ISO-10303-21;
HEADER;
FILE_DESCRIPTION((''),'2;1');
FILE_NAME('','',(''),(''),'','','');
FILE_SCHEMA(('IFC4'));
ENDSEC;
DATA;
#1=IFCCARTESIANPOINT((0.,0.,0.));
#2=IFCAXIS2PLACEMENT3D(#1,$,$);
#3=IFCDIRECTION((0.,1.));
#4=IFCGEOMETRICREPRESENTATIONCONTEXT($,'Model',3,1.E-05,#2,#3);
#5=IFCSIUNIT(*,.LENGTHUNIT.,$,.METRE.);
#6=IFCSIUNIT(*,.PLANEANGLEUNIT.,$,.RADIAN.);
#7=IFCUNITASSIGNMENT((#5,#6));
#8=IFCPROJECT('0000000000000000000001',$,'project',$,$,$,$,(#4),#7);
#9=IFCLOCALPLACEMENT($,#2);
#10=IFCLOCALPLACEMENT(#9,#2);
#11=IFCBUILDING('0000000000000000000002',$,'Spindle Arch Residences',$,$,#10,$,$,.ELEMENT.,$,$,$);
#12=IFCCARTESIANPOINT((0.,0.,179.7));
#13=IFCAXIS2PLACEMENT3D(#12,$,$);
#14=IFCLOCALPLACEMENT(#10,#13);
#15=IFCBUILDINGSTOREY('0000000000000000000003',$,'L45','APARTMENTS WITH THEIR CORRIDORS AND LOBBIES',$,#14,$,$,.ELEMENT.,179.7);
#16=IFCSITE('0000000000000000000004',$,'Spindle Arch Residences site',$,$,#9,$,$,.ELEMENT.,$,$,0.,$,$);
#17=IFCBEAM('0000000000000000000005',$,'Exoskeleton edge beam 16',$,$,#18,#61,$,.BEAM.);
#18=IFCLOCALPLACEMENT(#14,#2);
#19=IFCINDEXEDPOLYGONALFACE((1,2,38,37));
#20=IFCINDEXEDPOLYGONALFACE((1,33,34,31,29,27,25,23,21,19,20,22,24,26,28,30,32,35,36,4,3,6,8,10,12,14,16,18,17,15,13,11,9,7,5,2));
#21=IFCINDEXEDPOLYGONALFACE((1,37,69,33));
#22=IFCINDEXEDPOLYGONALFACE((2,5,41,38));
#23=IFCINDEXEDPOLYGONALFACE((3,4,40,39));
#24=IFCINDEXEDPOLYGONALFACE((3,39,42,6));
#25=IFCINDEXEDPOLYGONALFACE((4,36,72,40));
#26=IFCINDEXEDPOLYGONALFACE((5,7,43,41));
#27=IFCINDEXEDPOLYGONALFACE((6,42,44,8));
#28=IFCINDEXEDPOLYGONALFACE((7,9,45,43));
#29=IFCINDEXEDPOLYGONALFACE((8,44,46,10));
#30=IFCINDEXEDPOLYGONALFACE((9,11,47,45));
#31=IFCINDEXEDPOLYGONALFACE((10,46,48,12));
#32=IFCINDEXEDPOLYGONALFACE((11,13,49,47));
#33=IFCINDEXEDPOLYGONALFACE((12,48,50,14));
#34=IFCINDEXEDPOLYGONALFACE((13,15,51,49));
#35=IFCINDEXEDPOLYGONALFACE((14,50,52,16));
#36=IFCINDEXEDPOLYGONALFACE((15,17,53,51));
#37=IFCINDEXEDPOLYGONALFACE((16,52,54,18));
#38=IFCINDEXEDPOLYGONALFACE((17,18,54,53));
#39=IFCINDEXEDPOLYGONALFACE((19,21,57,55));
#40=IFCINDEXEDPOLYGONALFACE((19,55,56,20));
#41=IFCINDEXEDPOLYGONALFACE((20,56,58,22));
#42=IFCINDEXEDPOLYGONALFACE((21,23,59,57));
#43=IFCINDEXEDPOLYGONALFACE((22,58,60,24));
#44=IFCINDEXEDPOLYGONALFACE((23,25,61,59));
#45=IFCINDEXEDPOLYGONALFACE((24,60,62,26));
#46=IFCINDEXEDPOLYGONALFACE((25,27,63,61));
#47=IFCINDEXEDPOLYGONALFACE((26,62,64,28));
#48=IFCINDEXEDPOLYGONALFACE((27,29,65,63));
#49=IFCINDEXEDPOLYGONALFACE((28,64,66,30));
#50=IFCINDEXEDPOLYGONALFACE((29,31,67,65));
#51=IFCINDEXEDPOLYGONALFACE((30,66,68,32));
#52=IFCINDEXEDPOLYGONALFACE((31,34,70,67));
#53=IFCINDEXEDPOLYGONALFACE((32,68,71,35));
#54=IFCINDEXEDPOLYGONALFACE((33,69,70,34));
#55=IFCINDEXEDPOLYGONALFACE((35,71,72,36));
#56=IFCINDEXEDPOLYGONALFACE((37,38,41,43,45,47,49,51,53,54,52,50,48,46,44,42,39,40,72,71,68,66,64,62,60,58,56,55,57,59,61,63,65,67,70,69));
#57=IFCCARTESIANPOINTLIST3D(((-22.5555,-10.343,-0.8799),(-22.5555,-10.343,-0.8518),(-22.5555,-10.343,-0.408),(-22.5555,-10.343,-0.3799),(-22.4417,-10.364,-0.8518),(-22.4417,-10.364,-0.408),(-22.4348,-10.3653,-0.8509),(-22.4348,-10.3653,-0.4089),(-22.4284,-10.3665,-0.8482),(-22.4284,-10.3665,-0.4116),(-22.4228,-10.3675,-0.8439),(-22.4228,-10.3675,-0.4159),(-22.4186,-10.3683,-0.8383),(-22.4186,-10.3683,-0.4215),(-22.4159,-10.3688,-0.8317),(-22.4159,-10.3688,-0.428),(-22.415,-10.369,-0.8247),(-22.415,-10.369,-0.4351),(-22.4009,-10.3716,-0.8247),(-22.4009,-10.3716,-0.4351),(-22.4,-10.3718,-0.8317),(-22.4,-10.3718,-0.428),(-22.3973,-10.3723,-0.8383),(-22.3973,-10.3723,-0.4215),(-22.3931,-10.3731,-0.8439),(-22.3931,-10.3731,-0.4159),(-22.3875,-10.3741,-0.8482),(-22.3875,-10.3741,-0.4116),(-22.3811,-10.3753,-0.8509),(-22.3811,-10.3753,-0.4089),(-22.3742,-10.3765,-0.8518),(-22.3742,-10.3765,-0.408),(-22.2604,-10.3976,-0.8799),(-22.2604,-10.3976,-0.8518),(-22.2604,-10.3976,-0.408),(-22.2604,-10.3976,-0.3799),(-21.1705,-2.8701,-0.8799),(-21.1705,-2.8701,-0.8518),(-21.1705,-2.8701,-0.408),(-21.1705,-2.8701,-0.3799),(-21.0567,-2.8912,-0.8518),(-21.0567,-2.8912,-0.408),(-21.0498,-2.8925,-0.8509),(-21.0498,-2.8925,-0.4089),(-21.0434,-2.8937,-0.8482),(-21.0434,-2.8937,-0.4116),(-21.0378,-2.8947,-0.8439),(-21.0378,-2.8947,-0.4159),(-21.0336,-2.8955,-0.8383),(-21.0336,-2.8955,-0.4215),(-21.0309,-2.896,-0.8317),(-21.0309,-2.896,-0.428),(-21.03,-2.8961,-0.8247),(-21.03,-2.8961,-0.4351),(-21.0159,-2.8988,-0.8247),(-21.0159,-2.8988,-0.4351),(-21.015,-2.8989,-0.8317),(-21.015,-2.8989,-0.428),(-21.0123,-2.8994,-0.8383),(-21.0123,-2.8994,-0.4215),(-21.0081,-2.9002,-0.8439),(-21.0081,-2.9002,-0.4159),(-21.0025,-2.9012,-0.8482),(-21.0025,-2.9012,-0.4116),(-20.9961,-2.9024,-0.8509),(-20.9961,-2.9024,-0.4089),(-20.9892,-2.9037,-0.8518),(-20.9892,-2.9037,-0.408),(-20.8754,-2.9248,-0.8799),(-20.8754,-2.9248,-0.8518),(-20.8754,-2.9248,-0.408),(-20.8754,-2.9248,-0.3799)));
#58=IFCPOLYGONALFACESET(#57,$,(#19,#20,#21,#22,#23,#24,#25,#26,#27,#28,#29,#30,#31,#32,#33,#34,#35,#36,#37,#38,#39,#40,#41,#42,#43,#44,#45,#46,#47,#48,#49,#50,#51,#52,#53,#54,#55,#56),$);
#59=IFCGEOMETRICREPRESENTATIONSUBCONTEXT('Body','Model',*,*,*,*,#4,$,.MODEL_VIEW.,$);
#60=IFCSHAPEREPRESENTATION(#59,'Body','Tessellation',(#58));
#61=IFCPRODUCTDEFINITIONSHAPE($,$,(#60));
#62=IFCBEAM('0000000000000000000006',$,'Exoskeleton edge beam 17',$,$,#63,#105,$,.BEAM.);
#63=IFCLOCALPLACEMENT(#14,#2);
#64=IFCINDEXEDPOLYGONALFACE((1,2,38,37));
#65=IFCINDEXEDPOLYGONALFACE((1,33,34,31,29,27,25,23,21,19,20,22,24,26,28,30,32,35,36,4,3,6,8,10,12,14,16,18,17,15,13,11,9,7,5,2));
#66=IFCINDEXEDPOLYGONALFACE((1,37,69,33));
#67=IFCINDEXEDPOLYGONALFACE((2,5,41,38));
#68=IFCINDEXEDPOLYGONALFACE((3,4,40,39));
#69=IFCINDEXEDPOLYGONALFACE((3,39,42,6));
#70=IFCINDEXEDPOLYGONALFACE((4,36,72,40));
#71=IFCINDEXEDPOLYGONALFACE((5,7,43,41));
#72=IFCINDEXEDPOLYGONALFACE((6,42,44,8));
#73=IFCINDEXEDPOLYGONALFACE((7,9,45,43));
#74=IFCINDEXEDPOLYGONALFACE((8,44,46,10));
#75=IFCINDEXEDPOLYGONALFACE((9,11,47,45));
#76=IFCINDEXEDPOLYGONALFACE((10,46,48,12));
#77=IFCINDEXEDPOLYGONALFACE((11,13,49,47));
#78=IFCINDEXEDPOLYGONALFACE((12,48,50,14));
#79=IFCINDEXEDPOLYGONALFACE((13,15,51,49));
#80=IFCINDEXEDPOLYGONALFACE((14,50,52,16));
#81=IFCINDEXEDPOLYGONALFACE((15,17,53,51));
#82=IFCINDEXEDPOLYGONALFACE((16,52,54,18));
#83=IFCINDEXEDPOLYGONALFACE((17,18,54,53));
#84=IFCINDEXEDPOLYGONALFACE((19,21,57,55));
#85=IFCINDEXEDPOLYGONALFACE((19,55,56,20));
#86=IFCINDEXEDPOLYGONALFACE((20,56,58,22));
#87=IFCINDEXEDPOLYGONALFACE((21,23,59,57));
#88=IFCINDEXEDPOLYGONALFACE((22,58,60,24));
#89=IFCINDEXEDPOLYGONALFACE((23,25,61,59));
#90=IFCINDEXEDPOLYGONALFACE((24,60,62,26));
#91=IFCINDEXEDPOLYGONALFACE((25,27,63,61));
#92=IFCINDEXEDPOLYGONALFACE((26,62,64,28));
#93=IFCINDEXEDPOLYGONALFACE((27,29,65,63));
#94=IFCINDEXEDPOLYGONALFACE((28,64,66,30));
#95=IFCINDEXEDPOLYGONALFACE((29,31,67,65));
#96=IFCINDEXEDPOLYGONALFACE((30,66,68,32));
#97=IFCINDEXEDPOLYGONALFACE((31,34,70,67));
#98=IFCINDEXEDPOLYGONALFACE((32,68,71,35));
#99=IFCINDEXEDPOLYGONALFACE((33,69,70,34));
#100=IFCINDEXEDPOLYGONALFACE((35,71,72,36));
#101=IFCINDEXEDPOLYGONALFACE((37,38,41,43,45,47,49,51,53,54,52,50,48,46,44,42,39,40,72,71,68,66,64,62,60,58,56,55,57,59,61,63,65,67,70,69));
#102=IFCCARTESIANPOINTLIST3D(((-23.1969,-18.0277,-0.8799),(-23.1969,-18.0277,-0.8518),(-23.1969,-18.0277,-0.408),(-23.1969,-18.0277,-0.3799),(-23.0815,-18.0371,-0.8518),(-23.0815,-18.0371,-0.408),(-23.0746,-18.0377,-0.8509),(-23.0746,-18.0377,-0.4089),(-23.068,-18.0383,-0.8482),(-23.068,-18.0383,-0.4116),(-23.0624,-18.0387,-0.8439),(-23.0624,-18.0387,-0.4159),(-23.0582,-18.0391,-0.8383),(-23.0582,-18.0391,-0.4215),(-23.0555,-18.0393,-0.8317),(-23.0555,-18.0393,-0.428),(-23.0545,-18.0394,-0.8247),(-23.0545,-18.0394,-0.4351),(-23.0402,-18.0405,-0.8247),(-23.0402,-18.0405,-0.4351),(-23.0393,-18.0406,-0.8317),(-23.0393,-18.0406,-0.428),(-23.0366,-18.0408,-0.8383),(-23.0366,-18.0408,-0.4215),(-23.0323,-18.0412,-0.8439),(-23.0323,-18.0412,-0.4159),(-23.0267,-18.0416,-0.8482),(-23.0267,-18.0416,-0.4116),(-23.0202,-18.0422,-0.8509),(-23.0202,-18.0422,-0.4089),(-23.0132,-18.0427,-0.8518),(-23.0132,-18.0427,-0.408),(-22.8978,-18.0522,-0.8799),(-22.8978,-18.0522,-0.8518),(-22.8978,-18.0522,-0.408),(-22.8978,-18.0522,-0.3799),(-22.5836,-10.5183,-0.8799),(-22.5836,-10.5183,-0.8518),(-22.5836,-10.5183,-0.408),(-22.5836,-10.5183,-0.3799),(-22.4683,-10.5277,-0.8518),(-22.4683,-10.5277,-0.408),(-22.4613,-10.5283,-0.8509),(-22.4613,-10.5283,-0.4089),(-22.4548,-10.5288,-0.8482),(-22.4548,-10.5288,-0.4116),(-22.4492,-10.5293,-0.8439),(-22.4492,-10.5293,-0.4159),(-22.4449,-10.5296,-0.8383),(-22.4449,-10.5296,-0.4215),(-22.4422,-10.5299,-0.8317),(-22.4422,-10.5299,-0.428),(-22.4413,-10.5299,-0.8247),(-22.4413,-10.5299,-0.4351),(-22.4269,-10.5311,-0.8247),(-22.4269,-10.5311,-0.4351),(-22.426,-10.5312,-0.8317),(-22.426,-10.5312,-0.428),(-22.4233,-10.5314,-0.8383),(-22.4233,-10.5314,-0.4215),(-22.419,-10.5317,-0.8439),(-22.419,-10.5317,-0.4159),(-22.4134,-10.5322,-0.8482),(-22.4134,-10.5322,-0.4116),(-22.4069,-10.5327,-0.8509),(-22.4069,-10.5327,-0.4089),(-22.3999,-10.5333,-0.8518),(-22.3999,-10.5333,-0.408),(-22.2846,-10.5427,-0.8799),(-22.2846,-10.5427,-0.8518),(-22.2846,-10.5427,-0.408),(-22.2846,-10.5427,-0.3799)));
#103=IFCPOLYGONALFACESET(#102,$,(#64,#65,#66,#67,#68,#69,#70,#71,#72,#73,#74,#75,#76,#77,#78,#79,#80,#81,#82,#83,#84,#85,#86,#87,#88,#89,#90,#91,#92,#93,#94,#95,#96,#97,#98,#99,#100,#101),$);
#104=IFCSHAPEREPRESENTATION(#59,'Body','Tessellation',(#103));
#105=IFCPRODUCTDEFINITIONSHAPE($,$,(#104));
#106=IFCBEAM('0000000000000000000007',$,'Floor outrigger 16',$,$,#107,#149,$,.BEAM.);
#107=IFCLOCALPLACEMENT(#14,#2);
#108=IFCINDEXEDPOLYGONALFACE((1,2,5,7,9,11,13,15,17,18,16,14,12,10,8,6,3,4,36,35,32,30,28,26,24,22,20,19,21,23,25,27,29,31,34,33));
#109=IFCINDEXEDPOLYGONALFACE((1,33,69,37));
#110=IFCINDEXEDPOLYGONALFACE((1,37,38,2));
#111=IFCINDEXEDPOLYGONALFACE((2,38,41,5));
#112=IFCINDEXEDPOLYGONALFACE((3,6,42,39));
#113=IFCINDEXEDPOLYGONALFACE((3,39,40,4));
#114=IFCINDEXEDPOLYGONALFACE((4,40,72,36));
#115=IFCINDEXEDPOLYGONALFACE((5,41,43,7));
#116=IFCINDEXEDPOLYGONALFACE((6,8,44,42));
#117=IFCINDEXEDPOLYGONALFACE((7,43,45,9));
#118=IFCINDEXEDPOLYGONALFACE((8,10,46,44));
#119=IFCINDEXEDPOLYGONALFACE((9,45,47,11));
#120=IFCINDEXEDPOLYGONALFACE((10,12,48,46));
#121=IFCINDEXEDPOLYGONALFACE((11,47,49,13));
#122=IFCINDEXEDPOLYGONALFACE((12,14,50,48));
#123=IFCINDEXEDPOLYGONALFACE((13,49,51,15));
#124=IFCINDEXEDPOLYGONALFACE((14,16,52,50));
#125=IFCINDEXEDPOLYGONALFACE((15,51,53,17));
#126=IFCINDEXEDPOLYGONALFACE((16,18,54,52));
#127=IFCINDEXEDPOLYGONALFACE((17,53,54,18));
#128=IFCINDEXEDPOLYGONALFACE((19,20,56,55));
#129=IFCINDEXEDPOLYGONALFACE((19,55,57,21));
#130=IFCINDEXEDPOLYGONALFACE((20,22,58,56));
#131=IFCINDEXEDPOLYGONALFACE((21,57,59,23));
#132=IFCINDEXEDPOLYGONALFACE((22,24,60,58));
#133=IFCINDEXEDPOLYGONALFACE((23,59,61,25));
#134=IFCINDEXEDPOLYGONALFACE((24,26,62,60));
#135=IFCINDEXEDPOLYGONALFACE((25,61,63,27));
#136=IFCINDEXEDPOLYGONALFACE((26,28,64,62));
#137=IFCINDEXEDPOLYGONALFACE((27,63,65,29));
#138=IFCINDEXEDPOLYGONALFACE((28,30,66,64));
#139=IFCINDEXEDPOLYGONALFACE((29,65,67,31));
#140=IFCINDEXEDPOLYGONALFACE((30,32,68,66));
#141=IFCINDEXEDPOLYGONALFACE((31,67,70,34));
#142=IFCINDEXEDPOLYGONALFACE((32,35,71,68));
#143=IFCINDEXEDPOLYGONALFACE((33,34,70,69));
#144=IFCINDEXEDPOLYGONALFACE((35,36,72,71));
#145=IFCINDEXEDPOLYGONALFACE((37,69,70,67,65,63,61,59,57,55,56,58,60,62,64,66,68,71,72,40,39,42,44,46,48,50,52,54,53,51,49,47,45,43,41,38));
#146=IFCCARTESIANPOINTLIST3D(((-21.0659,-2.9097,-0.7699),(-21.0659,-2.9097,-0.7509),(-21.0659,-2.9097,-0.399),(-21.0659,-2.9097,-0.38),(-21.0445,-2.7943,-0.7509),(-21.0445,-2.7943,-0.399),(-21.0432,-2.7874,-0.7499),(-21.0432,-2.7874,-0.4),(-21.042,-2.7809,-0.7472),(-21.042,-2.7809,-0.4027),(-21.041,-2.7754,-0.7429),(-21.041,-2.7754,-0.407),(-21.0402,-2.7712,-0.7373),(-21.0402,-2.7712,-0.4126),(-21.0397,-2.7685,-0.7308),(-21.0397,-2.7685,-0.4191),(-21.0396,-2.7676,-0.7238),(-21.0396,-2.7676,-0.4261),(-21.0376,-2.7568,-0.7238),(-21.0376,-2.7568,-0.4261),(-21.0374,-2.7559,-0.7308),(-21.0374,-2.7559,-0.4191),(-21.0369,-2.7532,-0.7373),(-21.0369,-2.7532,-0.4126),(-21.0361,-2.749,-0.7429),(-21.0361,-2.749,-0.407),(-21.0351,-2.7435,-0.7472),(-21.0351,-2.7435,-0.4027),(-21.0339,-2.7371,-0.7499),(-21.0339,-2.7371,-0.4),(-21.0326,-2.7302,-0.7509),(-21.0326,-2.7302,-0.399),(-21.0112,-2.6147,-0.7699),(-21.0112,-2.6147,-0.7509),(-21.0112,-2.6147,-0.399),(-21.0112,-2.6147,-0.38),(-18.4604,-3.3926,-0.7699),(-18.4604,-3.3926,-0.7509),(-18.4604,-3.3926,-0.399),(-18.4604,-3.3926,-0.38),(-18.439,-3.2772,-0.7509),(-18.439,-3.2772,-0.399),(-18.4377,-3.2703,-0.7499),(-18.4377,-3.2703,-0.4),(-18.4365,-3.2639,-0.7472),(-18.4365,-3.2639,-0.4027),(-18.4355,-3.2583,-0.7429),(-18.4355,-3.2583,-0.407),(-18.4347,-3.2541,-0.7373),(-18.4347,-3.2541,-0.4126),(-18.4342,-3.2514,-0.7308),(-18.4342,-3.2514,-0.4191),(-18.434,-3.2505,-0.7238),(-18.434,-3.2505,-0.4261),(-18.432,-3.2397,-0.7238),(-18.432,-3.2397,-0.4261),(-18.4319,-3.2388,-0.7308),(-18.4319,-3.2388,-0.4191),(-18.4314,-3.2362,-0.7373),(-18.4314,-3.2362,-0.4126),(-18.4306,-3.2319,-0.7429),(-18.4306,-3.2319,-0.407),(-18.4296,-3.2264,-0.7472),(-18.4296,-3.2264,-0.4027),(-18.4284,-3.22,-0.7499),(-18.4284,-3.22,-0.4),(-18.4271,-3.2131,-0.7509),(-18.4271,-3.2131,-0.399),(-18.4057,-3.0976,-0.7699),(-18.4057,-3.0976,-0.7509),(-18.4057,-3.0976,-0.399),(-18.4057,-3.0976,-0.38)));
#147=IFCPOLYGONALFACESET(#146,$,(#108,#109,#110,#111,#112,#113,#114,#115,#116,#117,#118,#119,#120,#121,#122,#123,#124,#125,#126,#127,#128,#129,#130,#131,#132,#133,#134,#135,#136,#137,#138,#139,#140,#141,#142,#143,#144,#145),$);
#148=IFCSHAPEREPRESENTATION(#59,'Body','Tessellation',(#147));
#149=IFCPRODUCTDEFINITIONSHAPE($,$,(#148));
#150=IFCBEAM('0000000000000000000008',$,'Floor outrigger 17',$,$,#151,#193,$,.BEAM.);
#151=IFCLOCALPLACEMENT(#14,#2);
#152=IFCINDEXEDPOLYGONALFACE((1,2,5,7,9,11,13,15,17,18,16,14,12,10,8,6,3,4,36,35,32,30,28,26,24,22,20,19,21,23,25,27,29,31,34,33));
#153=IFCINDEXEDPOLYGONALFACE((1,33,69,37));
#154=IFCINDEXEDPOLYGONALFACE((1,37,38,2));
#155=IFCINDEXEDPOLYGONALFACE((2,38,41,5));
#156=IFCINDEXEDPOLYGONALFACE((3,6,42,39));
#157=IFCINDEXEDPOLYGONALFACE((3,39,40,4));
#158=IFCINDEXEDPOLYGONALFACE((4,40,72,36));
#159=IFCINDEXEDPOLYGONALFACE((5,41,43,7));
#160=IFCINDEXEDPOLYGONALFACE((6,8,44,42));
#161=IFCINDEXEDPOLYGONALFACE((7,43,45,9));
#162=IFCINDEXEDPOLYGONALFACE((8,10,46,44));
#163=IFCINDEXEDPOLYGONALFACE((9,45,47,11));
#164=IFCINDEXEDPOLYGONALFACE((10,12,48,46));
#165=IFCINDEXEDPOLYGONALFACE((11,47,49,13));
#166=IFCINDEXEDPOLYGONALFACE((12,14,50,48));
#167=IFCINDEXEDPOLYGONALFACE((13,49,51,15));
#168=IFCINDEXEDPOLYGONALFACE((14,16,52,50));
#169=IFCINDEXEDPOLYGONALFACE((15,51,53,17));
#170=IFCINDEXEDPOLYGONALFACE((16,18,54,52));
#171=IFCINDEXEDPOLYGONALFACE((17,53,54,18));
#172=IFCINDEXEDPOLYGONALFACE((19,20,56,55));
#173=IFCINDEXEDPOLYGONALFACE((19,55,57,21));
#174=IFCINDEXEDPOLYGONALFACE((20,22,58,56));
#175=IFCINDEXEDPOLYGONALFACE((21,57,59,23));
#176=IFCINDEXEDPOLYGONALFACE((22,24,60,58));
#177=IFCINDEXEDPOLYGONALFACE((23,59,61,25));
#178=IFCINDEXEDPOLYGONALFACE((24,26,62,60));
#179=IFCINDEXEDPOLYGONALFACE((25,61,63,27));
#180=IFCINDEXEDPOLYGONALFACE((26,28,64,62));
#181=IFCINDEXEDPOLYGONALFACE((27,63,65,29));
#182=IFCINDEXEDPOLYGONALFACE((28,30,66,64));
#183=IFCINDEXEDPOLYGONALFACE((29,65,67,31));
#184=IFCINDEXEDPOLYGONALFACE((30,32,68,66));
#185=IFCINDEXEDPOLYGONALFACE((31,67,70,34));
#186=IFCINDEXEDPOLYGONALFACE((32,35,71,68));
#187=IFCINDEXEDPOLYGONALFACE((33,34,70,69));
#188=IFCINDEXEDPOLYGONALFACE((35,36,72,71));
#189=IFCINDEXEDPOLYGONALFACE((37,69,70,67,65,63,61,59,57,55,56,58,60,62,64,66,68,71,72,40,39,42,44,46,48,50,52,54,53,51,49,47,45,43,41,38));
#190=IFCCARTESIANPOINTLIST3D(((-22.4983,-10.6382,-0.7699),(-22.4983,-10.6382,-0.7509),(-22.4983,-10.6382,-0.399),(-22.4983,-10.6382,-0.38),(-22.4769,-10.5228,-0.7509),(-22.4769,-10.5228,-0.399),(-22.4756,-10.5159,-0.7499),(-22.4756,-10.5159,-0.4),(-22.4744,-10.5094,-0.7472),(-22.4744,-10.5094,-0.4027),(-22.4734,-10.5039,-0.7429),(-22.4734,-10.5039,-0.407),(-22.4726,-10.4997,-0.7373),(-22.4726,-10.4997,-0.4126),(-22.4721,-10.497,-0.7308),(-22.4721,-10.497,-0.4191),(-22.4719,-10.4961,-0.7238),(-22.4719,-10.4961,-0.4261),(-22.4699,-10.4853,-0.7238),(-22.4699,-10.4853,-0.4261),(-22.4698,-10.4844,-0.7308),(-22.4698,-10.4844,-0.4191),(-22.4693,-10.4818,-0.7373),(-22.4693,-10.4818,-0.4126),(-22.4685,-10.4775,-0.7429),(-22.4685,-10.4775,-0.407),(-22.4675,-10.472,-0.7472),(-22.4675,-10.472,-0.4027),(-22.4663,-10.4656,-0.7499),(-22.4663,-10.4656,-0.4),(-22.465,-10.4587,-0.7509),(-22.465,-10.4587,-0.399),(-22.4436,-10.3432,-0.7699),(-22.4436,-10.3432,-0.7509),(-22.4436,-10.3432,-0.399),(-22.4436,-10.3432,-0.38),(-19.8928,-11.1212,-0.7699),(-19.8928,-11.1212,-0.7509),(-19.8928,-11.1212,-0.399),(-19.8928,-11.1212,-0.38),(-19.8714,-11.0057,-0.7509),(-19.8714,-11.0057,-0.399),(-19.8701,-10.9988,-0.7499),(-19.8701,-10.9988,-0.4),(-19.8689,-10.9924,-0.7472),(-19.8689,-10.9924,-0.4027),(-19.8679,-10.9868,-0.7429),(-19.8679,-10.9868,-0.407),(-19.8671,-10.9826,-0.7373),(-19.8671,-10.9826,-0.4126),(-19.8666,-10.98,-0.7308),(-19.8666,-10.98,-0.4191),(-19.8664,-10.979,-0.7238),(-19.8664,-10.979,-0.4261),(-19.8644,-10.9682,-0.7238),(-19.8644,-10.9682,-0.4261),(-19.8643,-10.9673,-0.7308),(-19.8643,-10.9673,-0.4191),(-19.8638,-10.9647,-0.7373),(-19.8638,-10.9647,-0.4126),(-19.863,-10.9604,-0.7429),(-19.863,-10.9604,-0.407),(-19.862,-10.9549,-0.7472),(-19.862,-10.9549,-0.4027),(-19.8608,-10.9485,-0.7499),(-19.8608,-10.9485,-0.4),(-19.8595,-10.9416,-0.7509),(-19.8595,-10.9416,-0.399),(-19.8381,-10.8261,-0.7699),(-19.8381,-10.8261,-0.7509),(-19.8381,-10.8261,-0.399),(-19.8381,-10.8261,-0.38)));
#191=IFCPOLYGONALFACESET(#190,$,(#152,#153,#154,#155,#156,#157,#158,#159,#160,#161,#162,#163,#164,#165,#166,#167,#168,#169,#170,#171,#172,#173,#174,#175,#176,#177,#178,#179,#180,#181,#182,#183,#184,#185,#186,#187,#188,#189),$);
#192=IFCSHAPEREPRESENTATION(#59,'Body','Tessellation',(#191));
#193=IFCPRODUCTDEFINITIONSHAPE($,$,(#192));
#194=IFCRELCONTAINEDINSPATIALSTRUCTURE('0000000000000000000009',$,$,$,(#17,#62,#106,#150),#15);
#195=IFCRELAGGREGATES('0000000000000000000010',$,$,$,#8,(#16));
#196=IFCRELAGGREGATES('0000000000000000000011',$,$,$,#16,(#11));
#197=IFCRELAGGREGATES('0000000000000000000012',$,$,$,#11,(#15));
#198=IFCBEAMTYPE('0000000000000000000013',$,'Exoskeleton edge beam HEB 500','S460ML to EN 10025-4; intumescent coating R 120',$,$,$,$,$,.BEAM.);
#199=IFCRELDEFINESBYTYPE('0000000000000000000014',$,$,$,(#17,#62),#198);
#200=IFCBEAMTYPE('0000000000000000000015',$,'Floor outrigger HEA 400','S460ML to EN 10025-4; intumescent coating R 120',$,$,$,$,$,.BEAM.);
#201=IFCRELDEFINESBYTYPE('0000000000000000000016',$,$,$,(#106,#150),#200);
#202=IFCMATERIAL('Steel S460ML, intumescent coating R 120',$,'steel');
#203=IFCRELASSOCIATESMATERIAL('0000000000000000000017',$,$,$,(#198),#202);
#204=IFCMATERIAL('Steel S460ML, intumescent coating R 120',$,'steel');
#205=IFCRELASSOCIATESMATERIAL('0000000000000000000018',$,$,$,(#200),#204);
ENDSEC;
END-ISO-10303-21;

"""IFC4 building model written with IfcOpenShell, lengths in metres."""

from ifc_helpers import new_model, si_unit, direction, frame, origin, origin_2d, place, context, subcontext, project, spatial, i_section, extrude, material, material_profile, profile_set, type_object, element, save


model = new_model("IFC4")

# Units and contexts
model_context = context("Model", 3, precision=1e-05, world=origin(), true_north=direction((0.0, 1.0)))
body_context = subcontext(model_context, "Body", "Model", "MODEL_VIEW")
ifc_project = project(units=[si_unit("LENGTHUNIT", "METRE"), si_unit("PLANEANGLEUNIT", "RADIAN")], contexts=[model_context])

# Site, building, storey
site_placement = place(None, origin())
site = spatial("IfcSite", under=ifc_project, at=site_placement, Name="Spindle Arch Residences site", CompositionType="ELEMENT", RefElevation=0.0)
building_placement = place(site_placement, origin())
building = spatial("IfcBuilding", under=site, at=building_placement, Name="Spindle Arch Residences", CompositionType="ELEMENT")
storey_placement = place(building_placement, frame((0.0, 0.0, 179.7)))
storey = spatial("IfcBuildingStorey", under=building, at=storey_placement, Name="L45", Description="APARTMENTS WITH THEIR CORRIDORS AND LOBBIES", CompositionType="ELEMENT", Elevation=179.7)

# Beams
ifc_material_1 = material(Name="Steel S460ML, intumescent coating R 120", Category="steel")
ifc_material_profile_1 = material_profile(ifc_material_1, i_section(OverallWidth=0.3, OverallDepth=0.5, WebThickness=0.0144, FlangeThickness=0.0281, FilletRadius=0.0271, at=origin_2d()), Name="HEB 500")
ifc_profile_set_1 = profile_set([ifc_material_profile_1], Name="Steel S460ML, intumescent coating R 120")
beam_type_1 = type_object("IfcBeamType", Name="Exoskeleton edge beam HEB 500", Description="S460ML to EN 10025-4; intumescent coating R 120", PredefinedType="BEAM", material=ifc_profile_set_1)
beam_1_placement = place(storey_placement, frame((-21.0229, -2.8975, -0.6299), z_axis=(-0.182234, -0.983255, 0.0), x_axis=(0.983255, -0.182234, 0.0)))
element("IfcBeam", 1, at=beam_1_placement, inside=storey, type_object=beam_type_1, Name="Exoskeleton edge beam 16", PredefinedType="BEAM", context=body_context, shape_type="SweptSolid", body=[
    extrude(i_section(OverallWidth=0.3, OverallDepth=0.5, WebThickness=0.0144, FlangeThickness=0.0281, FilletRadius=0.0271, at=origin_2d()), origin(), (0.0, 0.0, 1.0), 7.6001),
])
beam_2_placement = place(storey_placement, frame((-22.4341, -10.5305, -0.6299), z_axis=(-0.081396, -0.996682, 0.0), x_axis=(0.996682, -0.081396, 0.0)))
element("IfcBeam", 2, at=beam_2_placement, inside=storey, type_object=beam_type_1, Name="Exoskeleton edge beam 17", PredefinedType="BEAM", context=body_context, shape_type="SweptSolid", body=[
    extrude(i_section(OverallWidth=0.3, OverallDepth=0.5, WebThickness=0.0144, FlangeThickness=0.0281, FilletRadius=0.0271, at=origin_2d()), origin(), (0.0, 0.0, 1.0), 7.5344),
])
ifc_material_2 = material(Name="Steel S460ML, intumescent coating R 120", Category="steel")
ifc_material_profile_2 = material_profile(ifc_material_2, i_section(OverallWidth=0.3, OverallDepth=0.3899, WebThickness=0.011, FlangeThickness=0.019, FilletRadius=0.0271, at=origin_2d()), Name="HEA 400")
ifc_profile_set_2 = profile_set([ifc_material_profile_2], Name="Steel S460ML, intumescent coating R 120")
beam_type_2 = type_object("IfcBeamType", Name="Floor outrigger HEA 400", Description="S460ML to EN 10025-4; intumescent coating R 120", PredefinedType="BEAM", material=ifc_profile_set_2)
for number, where, z_axis, x_axis, name in (
    (3, (-21.0386, -2.7622, -0.575), (0.983254, -0.182241, 0.0), (0.182241, 0.983254, 0.0), "Floor outrigger 16"),
    (4, (-22.4709, -10.4907, -0.575), (0.983254, -0.182241, 0.0), (0.182241, 0.983254, 0.0), "Floor outrigger 17"),
):
    element("IfcBeam", number, at=place(storey_placement, frame(where, z_axis=z_axis, x_axis=x_axis)), inside=storey, type_object=beam_type_2, Name=name, PredefinedType="BEAM", context=body_context, shape_type="SweptSolid", body=[
        extrude(i_section(OverallWidth=0.3, OverallDepth=0.3899, WebThickness=0.011, FlangeThickness=0.019, FilletRadius=0.0271, at=origin_2d()), origin(), (0.0, 0.0, 1.0), 2.6499),
    ])

save(model, "model.ifc")
